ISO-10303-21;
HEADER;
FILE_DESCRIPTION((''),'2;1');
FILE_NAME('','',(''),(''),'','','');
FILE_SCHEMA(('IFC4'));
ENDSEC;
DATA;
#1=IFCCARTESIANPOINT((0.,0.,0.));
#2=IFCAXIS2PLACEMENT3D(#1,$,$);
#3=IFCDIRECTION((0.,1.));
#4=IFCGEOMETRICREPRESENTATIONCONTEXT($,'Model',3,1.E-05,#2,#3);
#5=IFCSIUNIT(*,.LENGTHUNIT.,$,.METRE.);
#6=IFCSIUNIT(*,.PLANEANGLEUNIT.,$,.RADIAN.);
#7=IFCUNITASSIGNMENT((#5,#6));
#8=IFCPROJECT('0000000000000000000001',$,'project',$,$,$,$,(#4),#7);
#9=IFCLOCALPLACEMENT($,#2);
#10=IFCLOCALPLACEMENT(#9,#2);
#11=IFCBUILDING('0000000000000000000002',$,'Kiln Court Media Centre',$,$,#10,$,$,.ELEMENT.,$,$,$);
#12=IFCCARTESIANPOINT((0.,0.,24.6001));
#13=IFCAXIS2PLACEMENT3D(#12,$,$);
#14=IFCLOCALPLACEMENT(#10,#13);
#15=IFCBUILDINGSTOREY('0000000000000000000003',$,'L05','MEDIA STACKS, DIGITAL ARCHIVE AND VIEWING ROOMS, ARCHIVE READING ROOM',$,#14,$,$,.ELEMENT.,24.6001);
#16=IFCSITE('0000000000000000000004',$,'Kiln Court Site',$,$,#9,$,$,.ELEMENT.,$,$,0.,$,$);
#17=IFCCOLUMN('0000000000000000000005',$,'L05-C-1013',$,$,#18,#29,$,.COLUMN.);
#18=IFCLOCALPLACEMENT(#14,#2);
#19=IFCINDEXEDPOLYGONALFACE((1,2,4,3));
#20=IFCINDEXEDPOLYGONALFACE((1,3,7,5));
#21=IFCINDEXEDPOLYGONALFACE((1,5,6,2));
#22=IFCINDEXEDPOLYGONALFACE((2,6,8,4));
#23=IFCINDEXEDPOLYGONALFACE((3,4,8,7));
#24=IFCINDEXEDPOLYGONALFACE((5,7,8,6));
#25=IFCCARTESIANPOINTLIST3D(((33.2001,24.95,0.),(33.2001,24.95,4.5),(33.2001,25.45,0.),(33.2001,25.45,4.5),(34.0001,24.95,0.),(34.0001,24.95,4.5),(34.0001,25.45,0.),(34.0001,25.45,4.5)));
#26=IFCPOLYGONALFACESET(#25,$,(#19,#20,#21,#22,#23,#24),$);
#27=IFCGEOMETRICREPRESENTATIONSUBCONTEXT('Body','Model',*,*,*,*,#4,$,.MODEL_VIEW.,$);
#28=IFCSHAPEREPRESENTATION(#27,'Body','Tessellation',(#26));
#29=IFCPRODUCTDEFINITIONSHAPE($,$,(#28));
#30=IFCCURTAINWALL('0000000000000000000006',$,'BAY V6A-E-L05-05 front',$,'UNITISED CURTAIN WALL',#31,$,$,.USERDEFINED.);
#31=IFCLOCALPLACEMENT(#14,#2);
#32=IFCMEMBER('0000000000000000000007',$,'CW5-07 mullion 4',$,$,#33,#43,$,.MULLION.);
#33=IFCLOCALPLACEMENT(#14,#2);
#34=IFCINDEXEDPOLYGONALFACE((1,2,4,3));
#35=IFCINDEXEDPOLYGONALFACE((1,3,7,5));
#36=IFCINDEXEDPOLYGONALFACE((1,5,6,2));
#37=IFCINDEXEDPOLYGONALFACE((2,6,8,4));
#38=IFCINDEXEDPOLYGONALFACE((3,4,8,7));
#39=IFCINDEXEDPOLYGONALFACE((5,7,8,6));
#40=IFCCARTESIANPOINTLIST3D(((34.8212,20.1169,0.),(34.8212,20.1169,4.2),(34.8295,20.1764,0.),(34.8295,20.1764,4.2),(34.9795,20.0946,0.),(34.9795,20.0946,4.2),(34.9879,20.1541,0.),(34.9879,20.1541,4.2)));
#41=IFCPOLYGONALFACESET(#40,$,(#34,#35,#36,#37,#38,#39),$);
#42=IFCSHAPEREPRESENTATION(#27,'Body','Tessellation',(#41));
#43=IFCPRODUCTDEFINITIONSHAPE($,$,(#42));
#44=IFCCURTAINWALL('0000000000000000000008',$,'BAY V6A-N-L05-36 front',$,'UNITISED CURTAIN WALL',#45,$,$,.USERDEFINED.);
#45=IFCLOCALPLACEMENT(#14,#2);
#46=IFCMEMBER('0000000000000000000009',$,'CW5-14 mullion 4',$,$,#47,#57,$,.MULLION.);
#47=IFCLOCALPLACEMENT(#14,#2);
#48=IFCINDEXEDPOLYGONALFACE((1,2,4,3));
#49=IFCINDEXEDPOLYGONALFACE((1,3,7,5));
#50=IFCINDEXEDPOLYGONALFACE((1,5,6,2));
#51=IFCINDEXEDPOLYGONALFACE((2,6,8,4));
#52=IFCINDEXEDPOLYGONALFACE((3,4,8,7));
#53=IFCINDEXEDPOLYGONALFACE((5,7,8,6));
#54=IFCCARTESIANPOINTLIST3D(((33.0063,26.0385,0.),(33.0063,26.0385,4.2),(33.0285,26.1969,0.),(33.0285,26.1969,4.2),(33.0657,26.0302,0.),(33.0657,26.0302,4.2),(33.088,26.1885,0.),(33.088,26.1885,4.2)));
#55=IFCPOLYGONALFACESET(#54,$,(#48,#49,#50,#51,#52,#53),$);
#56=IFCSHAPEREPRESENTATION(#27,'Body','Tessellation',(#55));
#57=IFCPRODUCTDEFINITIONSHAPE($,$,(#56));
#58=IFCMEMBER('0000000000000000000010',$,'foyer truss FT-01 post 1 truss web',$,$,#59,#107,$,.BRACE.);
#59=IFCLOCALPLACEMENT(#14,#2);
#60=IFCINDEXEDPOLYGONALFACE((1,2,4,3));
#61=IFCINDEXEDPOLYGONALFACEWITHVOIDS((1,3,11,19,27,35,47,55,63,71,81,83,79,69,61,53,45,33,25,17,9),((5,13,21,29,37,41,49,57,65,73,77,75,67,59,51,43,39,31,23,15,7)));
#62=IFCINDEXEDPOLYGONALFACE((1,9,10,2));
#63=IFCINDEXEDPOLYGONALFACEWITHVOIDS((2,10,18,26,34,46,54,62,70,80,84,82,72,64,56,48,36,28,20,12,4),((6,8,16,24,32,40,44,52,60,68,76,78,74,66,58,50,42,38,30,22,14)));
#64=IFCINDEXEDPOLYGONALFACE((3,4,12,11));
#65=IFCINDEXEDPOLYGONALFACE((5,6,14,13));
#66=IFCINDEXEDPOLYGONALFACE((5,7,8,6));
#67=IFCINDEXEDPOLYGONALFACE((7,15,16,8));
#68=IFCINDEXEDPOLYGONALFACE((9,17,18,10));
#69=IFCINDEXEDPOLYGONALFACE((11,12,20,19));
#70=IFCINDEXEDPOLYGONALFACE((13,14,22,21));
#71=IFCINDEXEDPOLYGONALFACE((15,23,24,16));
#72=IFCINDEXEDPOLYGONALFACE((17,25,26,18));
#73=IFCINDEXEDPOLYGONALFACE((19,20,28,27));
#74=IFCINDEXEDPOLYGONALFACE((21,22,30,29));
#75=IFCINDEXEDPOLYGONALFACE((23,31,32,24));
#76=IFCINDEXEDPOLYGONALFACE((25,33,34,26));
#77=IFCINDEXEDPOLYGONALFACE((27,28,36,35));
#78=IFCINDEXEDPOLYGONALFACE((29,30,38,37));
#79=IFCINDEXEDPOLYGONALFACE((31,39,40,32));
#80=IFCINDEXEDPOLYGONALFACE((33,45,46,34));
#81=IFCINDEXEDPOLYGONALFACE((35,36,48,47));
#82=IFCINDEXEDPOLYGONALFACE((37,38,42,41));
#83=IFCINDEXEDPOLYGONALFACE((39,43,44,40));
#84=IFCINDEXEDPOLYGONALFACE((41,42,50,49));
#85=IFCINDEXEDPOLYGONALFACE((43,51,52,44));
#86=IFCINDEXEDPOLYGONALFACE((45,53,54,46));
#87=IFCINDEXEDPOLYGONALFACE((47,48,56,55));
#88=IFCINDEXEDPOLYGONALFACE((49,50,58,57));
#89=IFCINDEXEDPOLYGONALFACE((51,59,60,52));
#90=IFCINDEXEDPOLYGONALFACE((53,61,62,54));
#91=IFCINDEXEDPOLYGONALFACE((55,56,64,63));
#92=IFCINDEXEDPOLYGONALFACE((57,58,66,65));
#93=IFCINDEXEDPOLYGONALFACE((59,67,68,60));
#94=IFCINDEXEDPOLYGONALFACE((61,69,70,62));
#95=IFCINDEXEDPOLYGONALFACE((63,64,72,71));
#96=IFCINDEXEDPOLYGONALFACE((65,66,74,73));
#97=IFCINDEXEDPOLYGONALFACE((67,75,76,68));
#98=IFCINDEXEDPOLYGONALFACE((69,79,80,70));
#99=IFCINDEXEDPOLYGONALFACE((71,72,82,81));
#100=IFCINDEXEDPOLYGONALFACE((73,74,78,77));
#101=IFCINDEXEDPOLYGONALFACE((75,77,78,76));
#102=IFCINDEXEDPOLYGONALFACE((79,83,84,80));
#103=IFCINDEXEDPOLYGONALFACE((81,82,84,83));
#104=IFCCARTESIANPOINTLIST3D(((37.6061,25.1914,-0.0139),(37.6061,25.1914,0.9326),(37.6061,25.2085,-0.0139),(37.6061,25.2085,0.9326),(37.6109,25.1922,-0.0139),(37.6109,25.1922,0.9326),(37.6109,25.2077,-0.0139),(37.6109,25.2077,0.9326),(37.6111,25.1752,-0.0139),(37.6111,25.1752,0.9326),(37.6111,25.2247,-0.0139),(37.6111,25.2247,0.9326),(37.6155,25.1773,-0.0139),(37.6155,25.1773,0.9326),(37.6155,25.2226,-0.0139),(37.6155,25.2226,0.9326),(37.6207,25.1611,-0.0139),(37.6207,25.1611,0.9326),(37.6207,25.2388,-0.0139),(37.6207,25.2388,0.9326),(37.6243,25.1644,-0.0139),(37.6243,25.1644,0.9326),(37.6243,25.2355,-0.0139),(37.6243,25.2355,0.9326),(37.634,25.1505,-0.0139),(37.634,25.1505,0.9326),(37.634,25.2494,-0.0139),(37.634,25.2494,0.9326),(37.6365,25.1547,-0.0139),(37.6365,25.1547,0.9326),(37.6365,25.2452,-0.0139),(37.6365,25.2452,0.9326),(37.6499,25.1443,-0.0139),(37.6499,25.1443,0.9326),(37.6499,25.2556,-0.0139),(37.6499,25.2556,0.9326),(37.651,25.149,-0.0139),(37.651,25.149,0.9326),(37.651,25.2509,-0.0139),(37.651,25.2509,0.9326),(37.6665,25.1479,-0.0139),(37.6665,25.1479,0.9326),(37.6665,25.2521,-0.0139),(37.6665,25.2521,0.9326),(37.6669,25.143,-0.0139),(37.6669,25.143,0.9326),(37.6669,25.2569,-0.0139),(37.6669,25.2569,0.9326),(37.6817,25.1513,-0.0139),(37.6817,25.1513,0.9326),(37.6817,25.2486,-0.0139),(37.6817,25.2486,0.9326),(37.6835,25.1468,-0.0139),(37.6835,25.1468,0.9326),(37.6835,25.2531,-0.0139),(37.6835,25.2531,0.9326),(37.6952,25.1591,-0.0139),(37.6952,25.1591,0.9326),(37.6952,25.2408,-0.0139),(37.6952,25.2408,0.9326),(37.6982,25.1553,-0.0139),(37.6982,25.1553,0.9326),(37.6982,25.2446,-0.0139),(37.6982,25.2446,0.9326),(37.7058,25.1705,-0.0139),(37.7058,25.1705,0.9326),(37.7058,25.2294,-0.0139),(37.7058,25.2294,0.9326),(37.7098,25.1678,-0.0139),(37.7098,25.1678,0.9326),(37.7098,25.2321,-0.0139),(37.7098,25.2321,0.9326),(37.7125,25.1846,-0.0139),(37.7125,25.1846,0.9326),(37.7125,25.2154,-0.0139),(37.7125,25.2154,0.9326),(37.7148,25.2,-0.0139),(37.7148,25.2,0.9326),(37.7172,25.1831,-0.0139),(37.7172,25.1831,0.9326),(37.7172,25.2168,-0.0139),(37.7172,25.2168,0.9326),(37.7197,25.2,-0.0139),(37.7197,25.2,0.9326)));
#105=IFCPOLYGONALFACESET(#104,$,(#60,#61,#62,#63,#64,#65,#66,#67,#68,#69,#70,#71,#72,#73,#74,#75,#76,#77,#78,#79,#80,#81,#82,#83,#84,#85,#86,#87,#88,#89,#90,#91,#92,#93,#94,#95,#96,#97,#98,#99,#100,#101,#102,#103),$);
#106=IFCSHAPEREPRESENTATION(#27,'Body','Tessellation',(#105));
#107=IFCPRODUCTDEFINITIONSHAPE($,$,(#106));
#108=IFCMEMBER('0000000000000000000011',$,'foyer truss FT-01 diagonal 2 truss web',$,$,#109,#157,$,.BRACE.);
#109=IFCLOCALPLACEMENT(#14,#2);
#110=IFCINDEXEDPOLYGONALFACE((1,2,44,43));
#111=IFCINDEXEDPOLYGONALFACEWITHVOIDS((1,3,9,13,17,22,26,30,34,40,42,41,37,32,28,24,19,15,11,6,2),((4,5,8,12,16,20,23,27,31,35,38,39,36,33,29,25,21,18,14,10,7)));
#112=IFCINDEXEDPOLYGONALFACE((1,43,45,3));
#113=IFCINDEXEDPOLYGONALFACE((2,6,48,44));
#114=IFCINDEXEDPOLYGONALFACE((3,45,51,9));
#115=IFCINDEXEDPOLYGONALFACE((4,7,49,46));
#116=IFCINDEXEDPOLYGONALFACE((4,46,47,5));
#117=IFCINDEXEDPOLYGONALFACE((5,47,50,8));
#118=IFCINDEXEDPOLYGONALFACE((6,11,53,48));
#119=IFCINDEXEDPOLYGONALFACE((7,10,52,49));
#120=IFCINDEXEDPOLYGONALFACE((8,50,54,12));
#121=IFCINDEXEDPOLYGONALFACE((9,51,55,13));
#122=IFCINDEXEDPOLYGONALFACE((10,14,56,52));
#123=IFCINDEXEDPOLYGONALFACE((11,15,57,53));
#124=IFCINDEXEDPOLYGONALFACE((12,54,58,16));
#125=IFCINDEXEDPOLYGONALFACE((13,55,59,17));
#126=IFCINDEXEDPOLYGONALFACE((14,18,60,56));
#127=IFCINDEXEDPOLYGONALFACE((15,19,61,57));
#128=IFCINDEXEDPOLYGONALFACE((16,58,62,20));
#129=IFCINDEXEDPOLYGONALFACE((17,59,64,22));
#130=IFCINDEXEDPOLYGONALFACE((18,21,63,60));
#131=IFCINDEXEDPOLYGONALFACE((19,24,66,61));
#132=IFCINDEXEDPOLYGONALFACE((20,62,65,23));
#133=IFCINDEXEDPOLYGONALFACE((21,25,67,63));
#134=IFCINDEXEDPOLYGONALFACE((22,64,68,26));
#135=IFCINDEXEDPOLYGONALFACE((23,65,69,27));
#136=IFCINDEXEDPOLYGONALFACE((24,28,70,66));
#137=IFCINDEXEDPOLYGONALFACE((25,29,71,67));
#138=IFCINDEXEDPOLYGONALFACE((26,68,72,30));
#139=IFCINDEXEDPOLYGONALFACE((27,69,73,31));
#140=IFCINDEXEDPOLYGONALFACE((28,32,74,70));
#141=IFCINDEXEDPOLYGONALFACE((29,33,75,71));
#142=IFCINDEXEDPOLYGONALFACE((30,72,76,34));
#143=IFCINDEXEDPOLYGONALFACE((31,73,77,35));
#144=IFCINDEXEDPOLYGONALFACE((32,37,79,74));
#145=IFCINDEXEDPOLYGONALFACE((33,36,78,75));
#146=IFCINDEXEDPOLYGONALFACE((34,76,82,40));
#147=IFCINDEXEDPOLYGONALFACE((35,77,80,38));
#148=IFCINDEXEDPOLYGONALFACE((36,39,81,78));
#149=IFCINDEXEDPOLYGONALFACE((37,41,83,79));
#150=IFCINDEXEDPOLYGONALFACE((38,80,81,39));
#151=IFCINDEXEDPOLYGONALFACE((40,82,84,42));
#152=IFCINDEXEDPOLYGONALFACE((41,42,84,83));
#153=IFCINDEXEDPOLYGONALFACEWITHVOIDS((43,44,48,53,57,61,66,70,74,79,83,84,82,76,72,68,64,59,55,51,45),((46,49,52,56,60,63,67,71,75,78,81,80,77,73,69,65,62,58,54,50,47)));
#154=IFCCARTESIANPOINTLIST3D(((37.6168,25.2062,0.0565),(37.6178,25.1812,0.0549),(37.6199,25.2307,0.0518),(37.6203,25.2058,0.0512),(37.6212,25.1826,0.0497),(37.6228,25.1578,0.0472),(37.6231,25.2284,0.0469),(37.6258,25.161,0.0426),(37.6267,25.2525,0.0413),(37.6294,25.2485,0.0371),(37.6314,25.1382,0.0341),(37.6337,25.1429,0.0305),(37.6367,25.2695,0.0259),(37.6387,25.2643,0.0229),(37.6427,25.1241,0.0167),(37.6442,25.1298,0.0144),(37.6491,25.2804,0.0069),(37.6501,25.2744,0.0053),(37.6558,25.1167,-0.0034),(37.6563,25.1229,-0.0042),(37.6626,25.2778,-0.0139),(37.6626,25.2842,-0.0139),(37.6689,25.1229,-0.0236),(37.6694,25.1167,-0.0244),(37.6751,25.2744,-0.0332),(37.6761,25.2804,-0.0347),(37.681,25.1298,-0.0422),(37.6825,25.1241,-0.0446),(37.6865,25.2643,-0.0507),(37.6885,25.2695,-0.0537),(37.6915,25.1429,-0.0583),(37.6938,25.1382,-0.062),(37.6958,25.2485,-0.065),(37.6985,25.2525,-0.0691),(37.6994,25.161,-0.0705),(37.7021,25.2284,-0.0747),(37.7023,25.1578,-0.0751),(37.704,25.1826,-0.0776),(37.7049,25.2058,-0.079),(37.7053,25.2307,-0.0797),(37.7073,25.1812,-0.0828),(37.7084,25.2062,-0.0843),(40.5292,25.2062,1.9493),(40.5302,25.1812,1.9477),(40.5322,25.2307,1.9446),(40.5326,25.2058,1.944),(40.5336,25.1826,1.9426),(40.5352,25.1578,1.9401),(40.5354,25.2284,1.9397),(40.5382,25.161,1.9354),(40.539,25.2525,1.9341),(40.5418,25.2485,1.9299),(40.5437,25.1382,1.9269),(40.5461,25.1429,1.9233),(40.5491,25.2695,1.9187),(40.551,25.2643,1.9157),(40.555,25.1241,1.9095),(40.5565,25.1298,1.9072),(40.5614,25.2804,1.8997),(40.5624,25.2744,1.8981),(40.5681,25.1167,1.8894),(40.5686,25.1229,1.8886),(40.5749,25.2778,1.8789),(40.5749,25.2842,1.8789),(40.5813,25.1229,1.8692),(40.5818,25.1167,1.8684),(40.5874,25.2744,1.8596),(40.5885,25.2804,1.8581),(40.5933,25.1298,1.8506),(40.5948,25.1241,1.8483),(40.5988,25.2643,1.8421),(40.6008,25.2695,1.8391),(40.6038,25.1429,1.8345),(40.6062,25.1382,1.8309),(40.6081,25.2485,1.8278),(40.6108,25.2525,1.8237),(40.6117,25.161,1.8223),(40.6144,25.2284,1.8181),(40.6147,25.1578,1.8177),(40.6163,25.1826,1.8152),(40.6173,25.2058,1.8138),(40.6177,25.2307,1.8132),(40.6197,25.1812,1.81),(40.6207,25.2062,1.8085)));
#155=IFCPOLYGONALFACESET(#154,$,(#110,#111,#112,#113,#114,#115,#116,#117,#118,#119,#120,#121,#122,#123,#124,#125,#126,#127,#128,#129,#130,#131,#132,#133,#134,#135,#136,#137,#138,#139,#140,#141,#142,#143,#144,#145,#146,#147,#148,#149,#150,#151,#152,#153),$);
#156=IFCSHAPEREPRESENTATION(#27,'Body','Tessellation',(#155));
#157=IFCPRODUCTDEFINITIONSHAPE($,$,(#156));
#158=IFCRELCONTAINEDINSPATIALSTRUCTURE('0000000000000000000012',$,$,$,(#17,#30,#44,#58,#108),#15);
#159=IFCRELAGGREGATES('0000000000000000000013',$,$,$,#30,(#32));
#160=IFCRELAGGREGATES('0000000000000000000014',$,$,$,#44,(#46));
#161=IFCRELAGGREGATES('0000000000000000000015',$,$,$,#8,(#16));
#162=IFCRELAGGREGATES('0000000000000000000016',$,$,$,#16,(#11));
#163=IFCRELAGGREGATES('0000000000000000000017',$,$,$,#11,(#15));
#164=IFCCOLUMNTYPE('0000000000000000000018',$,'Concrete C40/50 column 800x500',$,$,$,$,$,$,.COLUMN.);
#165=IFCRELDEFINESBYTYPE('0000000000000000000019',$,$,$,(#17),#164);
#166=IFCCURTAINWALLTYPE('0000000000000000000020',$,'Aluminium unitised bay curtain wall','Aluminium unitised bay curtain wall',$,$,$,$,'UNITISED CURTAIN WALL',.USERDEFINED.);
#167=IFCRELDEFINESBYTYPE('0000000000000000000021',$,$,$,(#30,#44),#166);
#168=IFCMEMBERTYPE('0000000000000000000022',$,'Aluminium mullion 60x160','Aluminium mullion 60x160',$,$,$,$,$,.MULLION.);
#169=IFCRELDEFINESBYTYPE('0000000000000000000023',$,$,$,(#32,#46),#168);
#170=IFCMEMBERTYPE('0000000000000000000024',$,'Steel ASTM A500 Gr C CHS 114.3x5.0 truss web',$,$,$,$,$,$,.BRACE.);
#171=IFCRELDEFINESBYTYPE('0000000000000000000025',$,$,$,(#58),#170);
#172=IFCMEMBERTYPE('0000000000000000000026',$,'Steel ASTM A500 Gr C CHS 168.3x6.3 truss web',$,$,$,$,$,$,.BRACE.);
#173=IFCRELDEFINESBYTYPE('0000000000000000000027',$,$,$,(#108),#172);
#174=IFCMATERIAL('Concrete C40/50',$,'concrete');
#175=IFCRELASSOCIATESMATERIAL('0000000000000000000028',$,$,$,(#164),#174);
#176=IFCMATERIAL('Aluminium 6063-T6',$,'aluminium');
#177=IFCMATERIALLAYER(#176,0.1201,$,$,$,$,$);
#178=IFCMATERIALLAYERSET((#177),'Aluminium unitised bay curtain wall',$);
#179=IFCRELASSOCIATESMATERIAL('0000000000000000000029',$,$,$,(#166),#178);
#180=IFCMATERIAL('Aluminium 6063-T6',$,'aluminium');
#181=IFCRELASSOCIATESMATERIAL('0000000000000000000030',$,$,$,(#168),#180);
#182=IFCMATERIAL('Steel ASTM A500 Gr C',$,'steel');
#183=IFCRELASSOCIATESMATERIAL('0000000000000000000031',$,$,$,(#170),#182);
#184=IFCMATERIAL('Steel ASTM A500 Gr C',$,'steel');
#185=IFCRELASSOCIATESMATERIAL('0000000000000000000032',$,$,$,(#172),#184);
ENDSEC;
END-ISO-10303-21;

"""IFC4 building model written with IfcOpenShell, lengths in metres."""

from ifc_helpers import new_model, si_unit, direction, frame, origin, origin_2d, place, context, subcontext, project, spatial, rectangle, hollow_circle, extrude, material, layer, layer_set, material_profile, profile_set, type_object, element, aggregate, save


model = new_model("IFC4")

# Units and contexts
model_context = context("Model", 3, precision=1e-05, world=origin(), true_north=direction((0.0, 1.0)))
body_context = subcontext(model_context, "Body", "Model", "MODEL_VIEW")
ifc_project = project(units=[si_unit("LENGTHUNIT", "METRE"), si_unit("PLANEANGLEUNIT", "RADIAN")], contexts=[model_context])

# Site, building, storey
site_placement = place(None, origin())
site = spatial("IfcSite", under=ifc_project, at=site_placement, Name="Kiln Court Site", CompositionType="ELEMENT", RefElevation=0.0)
building_placement = place(site_placement, origin())
building = spatial("IfcBuilding", under=site, at=building_placement, Name="Kiln Court Media Centre", CompositionType="ELEMENT")
storey_placement = place(building_placement, frame((0.0, 0.0, 24.6001)))
storey = spatial("IfcBuildingStorey", under=building, at=storey_placement, Name="L05", Description="MEDIA STACKS, DIGITAL ARCHIVE AND VIEWING ROOMS, ARCHIVE READING ROOM", CompositionType="ELEMENT", Elevation=24.6001)

# Column
ifc_material_1 = material(Name="Concrete C40/50", Category="concrete")
ifc_material_profile_1 = material_profile(ifc_material_1, rectangle(XDim=0.8, YDim=0.5, at=origin_2d()), Name="RC 800x500")
ifc_profile_set_1 = profile_set([ifc_material_profile_1], Name="Concrete C40/50")
column_type = type_object("IfcColumnType", Name="Concrete C40/50 column 800x500", PredefinedType="COLUMN", material=ifc_profile_set_1)
column_placement = place(storey_placement, frame((33.6001, 25.2, 0.0), z_axis=(0.0, 0.0, 1.0), x_axis=(1.0, 0.0, 0.0)))
element("IfcColumn", 1, at=column_placement, inside=storey, type_object=column_type, Name="L05-C-1013", PredefinedType="COLUMN", context=body_context, shape_type="SweptSolid", body=[
    extrude(rectangle(XDim=0.8, YDim=0.5, at=origin_2d()), origin(), (0.0, 0.0, 1.0), 4.5),
])

# Curtain walls, members
ifc_material_2 = material(Name="Aluminium 6063-T6", Category="aluminium")
ifc_layer_1 = layer(ifc_material_2, 0.1201)
ifc_layer_set_1 = layer_set([ifc_layer_1], Name="Aluminium unitised bay curtain wall")
curtain_wall_type = type_object("IfcCurtainWallType", Name="Aluminium unitised bay curtain wall", Description="Aluminium unitised bay curtain wall", ElementType="UNITISED CURTAIN WALL", PredefinedType="USERDEFINED", material=ifc_layer_set_1)
curtain_wall_1_placement = place(storey_placement, origin())
curtain_wall_1 = element("IfcCurtainWall", 2, at=curtain_wall_1_placement, inside=storey, type_object=curtain_wall_type, Name="BAY V6A-E-L05-05 front", ObjectType="UNITISED CURTAIN WALL", PredefinedType="USERDEFINED")
ifc_material_3 = material(Name="Aluminium 6063-T6", Category="aluminium")
ifc_material_profile_2 = material_profile(ifc_material_3, rectangle(XDim=0.0601, YDim=0.1599, at=origin_2d()), Name="Aluminium mullion 60x160")
ifc_profile_set_2 = profile_set([ifc_material_profile_2], Name="Aluminium 6063-T6")
member_type_1 = type_object("IfcMemberType", Name="Aluminium mullion 60x160", Description="Aluminium mullion 60x160", PredefinedType="MULLION", material=ifc_profile_set_2)
member_1_placement = place(storey_placement, frame((34.9045, 20.1355, 0.0), z_axis=(0.0, 0.0, 1.0), x_axis=(0.139162, 0.99027, 0.0)))
member_1 = element("IfcMember", 3, at=member_1_placement, type_object=member_type_1, Name="CW5-07 mullion 4", PredefinedType="MULLION", context=body_context, shape_type="SweptSolid", body=[
    extrude(rectangle(XDim=0.0601, YDim=0.1599, at=origin_2d()), origin(), (0.0, 0.0, 1.0), 4.2),
])
aggregate(curtain_wall_1, [member_1])
curtain_wall_2_placement = place(storey_placement, origin())
curtain_wall_2 = element("IfcCurtainWall", 4, at=curtain_wall_2_placement, inside=storey, type_object=curtain_wall_type, Name="BAY V6A-N-L05-36 front", ObjectType="UNITISED CURTAIN WALL", PredefinedType="USERDEFINED")
member_2_placement = place(storey_placement, frame((33.0471, 26.1135, 0.0), z_axis=(0.0, 0.0, 1.0), x_axis=(0.99027, -0.139162, 0.0)))
member_2 = element("IfcMember", 5, at=member_2_placement, type_object=member_type_1, Name="CW5-14 mullion 4", PredefinedType="MULLION", context=body_context, shape_type="SweptSolid", body=[
    extrude(rectangle(XDim=0.0601, YDim=0.1599, at=origin_2d()), origin(), (0.0, 0.0, 1.0), 4.2),
])

# Members
ifc_material_4 = material(Name="Steel ASTM A500 Gr C", Category="steel")
ifc_material_profile_3 = material_profile(ifc_material_4, hollow_circle(Radius=0.0571, WallThickness=0.0049, at=origin_2d()), Name="CHS 114.3x5.0")
ifc_profile_set_3 = profile_set([ifc_material_profile_3], Name="Steel ASTM A500 Gr C")
member_type_2 = type_object("IfcMemberType", Name="Steel ASTM A500 Gr C CHS 114.3x5.0 truss web", PredefinedType="BRACE", material=ifc_profile_set_3)
member_3_placement = place(storey_placement, frame((37.6626, 25.2, -0.0139), z_axis=(0.0, 0.0, 1.0), x_axis=(1.0, 0.0, 0.0)))
element("IfcMember", 6, at=member_3_placement, inside=storey, type_object=member_type_2, Name="foyer truss FT-01 post 1 truss web", PredefinedType="BRACE", context=body_context, shape_type="SweptSolid", body=[
    extrude(hollow_circle(Radius=0.0571, WallThickness=0.0049, at=origin_2d()), origin(), (0.0, 0.0, 1.0), 0.9465),
])
ifc_material_5 = material(Name="Steel ASTM A500 Gr C", Category="steel")
ifc_material_profile_4 = material_profile(ifc_material_5, hollow_circle(Radius=0.0842, WallThickness=0.0063, at=origin_2d()), Name="CHS 168.3x6.3")
ifc_profile_set_4 = profile_set([ifc_material_profile_4], Name="Steel ASTM A500 Gr C")
member_type_3 = type_object("IfcMemberType", Name="Steel ASTM A500 Gr C CHS 168.3x6.3 truss web", PredefinedType="BRACE", material=ifc_profile_set_4)
member_4_placement = place(storey_placement, frame((37.6626, 25.2, -0.0139), z_axis=(0.838471, 0.0, 0.544946), x_axis=(0.0, 1.0, 0.0)))
element("IfcMember", 7, at=member_4_placement, inside=storey, type_object=member_type_3, Name="foyer truss FT-01 diagonal 2 truss web", PredefinedType="BRACE", context=body_context, shape_type="SweptSolid", body=[
    extrude(hollow_circle(Radius=0.0842, WallThickness=0.0063, at=origin_2d()), origin(), (0.0, 0.0, 1.0), 3.4734),
])

aggregate(curtain_wall_2, [member_2])

save(model, "model.ifc")
